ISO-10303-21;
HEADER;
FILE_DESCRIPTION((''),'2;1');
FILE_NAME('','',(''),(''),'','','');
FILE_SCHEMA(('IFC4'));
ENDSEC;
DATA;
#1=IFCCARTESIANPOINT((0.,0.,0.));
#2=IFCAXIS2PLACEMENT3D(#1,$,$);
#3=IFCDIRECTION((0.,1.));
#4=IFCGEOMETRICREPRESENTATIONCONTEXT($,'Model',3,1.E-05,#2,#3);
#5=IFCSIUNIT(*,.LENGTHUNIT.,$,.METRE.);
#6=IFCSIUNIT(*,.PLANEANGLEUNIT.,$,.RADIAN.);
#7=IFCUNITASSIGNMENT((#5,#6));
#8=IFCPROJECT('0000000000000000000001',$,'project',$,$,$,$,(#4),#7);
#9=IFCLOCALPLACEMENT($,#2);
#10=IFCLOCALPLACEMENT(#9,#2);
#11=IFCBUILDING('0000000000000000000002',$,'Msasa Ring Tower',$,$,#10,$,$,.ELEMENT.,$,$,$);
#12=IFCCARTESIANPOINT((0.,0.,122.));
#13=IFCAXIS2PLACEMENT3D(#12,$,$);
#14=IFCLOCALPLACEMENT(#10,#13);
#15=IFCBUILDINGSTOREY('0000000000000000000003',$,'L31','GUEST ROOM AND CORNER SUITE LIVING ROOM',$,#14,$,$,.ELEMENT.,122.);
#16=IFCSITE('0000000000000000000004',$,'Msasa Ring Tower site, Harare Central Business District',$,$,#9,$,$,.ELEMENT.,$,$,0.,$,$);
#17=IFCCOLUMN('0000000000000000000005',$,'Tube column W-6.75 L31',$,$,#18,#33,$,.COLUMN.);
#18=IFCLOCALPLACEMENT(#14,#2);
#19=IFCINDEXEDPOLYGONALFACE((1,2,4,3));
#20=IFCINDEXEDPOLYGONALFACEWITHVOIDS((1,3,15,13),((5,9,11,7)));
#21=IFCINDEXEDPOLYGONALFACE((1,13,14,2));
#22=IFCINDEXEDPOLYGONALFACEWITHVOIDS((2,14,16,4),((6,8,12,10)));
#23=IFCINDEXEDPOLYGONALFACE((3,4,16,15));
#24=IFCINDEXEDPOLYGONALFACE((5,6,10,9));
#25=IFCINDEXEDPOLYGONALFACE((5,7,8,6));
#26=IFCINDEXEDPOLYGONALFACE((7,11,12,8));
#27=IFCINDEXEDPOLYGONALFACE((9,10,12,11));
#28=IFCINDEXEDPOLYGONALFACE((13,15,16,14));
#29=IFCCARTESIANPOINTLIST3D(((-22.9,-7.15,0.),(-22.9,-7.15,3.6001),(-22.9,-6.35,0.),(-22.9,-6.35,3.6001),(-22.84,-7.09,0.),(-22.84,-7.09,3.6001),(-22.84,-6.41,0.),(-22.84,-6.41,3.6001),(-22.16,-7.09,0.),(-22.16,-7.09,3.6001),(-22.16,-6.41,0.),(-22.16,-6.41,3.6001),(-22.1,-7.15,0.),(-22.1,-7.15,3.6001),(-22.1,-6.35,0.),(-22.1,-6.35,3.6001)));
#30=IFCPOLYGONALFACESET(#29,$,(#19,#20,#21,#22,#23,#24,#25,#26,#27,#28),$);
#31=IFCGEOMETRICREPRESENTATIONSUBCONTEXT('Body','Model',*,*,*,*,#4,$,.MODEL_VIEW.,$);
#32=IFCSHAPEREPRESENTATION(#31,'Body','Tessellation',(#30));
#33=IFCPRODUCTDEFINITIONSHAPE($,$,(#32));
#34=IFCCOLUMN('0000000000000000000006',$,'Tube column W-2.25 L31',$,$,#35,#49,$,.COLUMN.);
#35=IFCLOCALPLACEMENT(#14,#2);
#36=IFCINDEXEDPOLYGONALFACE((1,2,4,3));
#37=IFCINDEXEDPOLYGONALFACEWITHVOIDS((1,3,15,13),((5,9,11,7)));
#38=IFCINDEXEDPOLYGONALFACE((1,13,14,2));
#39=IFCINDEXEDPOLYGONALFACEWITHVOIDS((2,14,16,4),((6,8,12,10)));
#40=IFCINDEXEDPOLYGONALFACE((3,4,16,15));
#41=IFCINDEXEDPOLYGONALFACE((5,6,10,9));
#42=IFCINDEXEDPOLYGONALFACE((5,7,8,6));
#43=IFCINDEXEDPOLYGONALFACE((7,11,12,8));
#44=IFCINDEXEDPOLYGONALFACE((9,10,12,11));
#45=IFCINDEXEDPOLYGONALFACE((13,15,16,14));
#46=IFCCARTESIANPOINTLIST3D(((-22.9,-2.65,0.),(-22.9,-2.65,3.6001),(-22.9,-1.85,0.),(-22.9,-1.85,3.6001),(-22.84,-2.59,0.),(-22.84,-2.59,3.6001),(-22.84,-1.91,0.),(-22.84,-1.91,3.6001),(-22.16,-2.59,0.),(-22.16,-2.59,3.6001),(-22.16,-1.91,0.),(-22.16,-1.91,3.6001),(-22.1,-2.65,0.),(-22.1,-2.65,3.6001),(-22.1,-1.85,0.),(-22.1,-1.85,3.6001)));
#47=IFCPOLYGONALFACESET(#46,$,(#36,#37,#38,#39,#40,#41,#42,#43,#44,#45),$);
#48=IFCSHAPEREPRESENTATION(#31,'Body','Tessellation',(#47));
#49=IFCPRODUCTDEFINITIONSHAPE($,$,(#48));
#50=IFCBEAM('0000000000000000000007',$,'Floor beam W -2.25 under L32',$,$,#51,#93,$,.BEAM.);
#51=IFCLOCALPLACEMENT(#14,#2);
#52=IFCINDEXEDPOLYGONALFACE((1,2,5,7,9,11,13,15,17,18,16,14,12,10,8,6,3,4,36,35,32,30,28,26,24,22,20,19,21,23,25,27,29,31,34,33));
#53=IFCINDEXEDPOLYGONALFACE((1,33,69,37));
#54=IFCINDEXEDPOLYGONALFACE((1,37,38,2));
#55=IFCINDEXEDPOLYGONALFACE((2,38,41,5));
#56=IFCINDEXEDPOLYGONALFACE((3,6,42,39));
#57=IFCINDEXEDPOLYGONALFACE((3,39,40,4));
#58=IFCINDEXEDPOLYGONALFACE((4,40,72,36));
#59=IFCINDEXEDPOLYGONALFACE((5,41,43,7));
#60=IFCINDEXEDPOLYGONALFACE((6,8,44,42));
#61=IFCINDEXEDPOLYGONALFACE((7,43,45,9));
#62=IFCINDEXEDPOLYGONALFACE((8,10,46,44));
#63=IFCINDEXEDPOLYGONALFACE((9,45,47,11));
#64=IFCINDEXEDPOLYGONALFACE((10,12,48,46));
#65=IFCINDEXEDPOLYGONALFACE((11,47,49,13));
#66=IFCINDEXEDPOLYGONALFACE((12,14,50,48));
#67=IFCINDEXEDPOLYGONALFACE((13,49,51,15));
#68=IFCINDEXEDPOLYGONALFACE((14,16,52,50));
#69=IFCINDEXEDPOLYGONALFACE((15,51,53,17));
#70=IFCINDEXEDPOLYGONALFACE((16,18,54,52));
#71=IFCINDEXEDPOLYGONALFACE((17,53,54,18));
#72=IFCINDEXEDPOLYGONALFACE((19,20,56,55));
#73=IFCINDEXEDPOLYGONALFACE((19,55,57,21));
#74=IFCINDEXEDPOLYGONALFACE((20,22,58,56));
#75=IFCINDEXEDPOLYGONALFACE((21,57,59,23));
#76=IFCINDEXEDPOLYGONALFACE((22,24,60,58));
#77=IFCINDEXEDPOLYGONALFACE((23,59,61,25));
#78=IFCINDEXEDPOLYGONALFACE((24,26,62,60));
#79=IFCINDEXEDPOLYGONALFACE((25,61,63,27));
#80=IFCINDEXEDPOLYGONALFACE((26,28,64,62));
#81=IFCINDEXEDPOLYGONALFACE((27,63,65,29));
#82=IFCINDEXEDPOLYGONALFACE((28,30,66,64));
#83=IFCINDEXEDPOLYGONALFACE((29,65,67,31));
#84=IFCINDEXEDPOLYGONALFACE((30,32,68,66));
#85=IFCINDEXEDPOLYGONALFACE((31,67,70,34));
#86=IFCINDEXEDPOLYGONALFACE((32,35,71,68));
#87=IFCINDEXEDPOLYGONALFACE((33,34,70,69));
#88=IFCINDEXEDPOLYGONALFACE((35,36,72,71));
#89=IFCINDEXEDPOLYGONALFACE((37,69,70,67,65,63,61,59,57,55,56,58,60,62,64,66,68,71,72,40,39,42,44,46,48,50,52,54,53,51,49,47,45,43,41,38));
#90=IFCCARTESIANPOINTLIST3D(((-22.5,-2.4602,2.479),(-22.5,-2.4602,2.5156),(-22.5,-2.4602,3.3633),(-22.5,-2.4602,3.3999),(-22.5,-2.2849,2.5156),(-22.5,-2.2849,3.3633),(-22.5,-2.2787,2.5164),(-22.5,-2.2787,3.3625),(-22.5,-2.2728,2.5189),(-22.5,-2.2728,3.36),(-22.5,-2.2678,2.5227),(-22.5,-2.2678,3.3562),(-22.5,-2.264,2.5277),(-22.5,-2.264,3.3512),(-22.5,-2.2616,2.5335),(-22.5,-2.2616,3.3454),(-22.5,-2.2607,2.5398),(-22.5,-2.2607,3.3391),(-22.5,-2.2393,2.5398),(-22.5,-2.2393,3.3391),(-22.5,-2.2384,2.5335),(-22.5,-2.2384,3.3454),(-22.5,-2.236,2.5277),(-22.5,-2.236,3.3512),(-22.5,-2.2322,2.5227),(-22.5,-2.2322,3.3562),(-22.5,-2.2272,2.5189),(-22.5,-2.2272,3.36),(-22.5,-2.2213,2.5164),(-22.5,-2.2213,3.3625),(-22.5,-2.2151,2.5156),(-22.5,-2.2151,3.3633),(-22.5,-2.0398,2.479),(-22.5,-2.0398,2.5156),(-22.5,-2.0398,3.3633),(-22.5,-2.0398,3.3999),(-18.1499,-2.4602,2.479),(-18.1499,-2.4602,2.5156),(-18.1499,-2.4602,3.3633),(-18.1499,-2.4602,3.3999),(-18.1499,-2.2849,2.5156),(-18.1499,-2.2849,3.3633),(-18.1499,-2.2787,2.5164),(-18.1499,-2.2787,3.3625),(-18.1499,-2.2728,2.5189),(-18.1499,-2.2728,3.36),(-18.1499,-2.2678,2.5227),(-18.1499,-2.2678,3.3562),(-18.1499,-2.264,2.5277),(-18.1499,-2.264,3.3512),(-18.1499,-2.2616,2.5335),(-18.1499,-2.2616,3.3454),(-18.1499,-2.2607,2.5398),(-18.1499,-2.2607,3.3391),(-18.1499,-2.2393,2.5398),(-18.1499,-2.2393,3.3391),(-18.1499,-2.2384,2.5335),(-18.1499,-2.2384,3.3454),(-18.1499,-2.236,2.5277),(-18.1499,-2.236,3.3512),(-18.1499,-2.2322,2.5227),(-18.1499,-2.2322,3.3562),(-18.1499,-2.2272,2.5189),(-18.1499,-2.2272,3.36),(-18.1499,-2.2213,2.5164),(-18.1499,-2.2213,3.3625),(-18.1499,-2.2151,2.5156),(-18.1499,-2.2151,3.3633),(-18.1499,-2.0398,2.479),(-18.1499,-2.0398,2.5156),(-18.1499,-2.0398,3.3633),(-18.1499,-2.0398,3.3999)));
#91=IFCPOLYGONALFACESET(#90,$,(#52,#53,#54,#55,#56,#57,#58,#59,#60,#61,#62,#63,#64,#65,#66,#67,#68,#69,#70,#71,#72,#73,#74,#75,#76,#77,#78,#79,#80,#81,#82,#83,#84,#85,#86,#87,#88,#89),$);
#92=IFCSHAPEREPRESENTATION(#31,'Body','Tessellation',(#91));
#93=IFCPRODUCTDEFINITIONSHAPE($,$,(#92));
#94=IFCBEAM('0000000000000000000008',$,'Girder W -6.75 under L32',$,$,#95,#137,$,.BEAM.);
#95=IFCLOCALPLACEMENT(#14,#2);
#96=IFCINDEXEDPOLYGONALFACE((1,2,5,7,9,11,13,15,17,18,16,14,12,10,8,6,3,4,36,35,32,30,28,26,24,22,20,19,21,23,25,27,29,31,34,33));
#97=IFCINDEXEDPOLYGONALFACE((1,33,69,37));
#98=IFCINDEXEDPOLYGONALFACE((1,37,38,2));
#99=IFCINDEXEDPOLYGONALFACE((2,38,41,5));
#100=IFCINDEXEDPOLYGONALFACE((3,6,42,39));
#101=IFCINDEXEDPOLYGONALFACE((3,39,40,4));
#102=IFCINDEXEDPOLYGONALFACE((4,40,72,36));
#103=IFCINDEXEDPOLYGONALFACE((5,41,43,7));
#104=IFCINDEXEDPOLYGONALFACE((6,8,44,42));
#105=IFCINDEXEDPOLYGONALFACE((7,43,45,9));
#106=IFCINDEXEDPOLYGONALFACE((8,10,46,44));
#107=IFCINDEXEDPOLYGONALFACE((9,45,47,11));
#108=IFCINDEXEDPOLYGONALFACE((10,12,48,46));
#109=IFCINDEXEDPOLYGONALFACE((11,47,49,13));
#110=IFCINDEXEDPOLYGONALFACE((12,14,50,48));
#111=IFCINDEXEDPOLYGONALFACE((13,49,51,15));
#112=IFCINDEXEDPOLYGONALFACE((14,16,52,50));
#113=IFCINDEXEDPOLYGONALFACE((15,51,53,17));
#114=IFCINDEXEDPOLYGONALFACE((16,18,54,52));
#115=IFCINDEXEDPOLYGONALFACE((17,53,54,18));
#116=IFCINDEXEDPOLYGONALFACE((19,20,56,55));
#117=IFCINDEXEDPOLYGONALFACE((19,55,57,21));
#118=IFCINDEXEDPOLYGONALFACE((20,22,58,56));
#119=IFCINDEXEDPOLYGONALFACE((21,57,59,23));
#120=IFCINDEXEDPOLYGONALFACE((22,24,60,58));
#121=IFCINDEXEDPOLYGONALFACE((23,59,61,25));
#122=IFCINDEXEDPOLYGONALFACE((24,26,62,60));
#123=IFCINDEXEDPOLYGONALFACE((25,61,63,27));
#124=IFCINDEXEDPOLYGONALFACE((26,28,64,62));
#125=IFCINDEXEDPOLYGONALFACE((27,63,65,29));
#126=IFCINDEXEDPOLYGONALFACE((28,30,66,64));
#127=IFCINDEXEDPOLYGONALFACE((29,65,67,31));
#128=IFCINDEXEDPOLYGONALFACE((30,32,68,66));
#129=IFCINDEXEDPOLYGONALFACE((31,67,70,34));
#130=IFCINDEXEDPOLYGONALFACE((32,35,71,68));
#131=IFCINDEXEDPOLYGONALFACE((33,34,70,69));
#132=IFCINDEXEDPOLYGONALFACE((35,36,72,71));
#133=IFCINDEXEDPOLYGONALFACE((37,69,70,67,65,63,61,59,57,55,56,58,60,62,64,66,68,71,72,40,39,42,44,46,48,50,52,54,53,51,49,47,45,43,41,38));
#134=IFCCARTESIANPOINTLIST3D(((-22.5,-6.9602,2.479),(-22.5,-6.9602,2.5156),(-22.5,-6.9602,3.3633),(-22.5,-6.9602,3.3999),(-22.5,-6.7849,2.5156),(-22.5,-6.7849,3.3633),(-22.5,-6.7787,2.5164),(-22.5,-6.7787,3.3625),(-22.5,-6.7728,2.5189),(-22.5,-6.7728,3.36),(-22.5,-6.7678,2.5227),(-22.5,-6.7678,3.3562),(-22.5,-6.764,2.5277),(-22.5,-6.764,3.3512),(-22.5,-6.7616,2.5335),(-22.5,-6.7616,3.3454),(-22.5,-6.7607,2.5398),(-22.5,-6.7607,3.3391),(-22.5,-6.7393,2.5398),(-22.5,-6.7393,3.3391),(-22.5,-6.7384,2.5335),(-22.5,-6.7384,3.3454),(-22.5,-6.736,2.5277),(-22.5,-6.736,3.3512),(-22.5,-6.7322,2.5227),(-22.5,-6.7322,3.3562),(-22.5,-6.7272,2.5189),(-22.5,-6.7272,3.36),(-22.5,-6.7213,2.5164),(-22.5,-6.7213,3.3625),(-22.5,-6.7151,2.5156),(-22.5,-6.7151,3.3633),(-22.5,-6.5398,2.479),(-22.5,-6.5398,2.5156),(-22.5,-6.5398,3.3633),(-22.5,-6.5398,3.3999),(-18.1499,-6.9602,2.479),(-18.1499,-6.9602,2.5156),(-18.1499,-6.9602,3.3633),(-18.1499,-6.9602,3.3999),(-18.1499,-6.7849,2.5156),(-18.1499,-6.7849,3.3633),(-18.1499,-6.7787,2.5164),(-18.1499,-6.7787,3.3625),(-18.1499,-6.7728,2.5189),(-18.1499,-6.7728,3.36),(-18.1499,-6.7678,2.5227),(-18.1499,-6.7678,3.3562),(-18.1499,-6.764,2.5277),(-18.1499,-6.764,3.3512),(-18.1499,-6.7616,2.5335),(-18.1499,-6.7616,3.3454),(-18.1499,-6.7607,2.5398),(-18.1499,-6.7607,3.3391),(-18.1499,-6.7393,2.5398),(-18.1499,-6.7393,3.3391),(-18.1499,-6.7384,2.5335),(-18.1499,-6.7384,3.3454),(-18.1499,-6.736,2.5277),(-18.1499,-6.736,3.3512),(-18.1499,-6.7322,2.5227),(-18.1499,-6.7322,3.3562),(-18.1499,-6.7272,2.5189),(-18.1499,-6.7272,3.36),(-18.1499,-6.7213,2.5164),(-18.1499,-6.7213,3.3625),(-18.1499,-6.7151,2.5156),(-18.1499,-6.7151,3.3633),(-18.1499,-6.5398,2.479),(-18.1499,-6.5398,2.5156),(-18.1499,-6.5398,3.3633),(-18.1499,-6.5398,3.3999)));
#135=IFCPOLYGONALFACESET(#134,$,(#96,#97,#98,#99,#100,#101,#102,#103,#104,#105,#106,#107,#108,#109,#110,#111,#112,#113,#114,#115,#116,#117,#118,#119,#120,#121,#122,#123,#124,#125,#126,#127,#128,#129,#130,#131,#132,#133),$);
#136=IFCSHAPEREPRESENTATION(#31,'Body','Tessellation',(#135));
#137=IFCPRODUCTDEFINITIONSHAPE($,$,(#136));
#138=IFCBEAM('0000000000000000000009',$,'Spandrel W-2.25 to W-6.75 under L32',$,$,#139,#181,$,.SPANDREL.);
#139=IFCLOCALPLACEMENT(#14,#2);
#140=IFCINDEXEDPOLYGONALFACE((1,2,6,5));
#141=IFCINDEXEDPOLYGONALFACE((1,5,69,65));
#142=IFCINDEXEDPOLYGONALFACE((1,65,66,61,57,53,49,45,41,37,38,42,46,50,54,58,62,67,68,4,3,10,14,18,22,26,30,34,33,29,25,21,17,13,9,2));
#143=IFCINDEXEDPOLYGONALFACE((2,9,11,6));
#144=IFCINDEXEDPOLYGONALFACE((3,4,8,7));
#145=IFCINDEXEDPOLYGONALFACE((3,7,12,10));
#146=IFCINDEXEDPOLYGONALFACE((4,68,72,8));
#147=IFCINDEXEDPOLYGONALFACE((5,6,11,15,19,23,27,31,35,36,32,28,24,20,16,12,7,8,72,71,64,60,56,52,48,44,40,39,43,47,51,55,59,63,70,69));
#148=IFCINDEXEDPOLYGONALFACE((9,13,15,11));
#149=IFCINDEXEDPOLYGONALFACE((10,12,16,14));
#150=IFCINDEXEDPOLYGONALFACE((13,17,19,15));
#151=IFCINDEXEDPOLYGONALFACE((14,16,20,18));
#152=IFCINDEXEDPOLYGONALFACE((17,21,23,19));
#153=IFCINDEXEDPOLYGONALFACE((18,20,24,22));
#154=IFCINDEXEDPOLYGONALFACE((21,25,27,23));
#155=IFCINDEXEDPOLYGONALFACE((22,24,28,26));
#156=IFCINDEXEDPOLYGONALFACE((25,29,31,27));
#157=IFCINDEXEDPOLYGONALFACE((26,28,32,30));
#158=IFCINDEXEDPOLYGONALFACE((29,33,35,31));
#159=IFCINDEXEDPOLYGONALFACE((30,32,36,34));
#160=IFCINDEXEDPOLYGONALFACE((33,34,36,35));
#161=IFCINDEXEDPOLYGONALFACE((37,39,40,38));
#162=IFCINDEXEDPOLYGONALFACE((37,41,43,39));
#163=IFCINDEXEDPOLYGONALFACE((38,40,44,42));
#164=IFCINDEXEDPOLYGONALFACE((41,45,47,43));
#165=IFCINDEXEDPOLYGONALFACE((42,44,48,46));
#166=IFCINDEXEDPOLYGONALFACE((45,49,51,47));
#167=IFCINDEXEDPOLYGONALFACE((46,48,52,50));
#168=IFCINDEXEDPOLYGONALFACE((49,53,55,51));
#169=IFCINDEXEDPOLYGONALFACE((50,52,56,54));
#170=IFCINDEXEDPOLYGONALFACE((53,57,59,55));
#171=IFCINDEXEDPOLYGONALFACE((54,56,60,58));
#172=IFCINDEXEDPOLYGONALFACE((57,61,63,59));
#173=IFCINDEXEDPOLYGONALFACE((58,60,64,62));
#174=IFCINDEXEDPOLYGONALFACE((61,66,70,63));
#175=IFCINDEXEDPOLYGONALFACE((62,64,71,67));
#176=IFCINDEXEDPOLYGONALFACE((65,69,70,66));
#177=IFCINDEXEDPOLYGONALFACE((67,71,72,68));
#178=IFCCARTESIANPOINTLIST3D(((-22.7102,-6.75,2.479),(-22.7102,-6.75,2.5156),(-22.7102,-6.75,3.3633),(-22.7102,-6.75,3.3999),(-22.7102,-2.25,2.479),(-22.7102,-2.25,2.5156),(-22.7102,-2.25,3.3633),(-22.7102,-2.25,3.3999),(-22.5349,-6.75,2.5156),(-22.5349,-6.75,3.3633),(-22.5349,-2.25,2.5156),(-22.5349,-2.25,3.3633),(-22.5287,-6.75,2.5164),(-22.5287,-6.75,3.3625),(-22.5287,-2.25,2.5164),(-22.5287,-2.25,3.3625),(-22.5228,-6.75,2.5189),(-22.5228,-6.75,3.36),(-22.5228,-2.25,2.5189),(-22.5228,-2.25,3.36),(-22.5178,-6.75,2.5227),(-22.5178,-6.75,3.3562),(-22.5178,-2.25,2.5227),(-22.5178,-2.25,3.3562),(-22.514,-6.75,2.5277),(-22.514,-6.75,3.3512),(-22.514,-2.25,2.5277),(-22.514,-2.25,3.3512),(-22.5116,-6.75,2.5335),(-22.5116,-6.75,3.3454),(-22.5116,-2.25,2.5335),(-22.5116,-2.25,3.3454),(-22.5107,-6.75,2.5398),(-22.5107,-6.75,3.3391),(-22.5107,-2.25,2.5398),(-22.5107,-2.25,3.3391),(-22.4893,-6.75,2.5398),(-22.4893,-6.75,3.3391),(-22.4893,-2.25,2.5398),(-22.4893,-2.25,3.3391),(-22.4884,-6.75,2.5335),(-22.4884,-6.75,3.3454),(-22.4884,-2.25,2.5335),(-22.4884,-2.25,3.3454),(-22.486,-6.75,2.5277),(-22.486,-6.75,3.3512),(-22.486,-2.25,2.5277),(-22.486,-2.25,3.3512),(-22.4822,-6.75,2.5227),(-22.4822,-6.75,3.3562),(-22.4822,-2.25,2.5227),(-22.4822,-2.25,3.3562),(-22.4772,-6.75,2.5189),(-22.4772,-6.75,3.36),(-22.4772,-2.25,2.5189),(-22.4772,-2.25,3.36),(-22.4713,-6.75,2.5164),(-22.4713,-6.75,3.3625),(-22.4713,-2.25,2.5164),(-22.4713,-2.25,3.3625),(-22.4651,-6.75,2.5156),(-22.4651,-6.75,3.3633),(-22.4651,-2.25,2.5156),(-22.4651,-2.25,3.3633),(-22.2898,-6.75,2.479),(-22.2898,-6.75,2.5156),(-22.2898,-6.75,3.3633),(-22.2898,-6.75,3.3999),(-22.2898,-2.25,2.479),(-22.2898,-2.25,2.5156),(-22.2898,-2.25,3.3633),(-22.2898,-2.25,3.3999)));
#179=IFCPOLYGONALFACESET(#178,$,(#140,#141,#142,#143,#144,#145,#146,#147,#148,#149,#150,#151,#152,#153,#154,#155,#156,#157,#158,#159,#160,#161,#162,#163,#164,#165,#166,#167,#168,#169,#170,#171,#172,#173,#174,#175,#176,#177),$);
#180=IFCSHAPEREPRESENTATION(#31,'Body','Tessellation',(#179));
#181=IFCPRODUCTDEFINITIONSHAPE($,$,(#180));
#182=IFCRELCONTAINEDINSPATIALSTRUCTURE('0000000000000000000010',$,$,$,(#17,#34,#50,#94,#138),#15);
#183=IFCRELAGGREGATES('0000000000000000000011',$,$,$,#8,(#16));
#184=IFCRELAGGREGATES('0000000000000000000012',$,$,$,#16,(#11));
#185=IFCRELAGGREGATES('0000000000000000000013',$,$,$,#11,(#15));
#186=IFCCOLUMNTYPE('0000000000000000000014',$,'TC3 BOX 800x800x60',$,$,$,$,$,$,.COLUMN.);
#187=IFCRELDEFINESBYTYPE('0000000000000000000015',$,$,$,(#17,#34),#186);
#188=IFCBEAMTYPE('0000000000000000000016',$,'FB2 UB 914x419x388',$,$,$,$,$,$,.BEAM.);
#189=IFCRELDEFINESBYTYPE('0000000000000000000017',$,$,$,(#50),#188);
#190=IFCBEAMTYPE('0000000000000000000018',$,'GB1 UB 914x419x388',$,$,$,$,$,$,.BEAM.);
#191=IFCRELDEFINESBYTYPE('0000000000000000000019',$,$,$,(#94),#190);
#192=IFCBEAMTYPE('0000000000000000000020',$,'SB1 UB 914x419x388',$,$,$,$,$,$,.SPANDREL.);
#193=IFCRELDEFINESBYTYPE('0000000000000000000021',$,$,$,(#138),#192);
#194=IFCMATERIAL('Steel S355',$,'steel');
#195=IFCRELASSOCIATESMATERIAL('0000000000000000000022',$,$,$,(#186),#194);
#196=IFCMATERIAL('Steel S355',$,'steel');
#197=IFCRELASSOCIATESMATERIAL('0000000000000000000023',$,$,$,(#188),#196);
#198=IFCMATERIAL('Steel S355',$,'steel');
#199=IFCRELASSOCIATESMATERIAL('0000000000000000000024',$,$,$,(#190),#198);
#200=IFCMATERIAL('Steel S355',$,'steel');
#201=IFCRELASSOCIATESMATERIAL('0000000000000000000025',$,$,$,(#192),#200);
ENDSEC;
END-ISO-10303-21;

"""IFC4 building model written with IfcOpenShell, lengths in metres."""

from ifc_helpers import new_model, si_unit, direction, frame, origin, origin_2d, place, context, subcontext, project, spatial, hollow_rectangle, i_section, extrude, material, material_profile, profile_set, type_object, element, save


model = new_model("IFC4")

# Units and contexts
model_context = context("Model", 3, precision=1e-05, world=origin(), true_north=direction((0.0, 1.0)))
body_context = subcontext(model_context, "Body", "Model", "MODEL_VIEW")
ifc_project = project(units=[si_unit("LENGTHUNIT", "METRE"), si_unit("PLANEANGLEUNIT", "RADIAN")], contexts=[model_context])

# Site, building, storey
site_placement = place(None, origin())
site = spatial("IfcSite", under=ifc_project, at=site_placement, Name="Msasa Ring Tower site, Harare Central Business District", CompositionType="ELEMENT", RefElevation=0.0)
building_placement = place(site_placement, origin())
building = spatial("IfcBuilding", under=site, at=building_placement, Name="Msasa Ring Tower", CompositionType="ELEMENT")
storey_placement = place(building_placement, frame((0.0, 0.0, 122.0)))
storey = spatial("IfcBuildingStorey", under=building, at=storey_placement, Name="L31", Description="GUEST ROOM AND CORNER SUITE LIVING ROOM", CompositionType="ELEMENT", Elevation=122.0)

# Columns
ifc_material_1 = material(Name="Steel S355", Category="steel")
ifc_material_profile_1 = material_profile(ifc_material_1, hollow_rectangle(XDim=0.8, YDim=0.8, WallThickness=0.0601, at=origin_2d()), Name="BOX 800x800x60")
ifc_profile_set_1 = profile_set([ifc_material_profile_1], Name="Steel S355")
column_type = type_object("IfcColumnType", Name="TC3 BOX 800x800x60", PredefinedType="COLUMN", material=ifc_profile_set_1)
for number, where, z_axis, x_axis, name in (
    (1, (-22.5, -6.75, 0.0), (0.0, 0.0, 1.0), (1.0, 0.0, 0.0), "Tube column W-6.75 L31"),
    (2, (-22.5, -2.25, 0.0), (0.0, 0.0, 1.0), (1.0, 0.0, 0.0), "Tube column W-2.25 L31"),
):
    element("IfcColumn", number, at=place(storey_placement, frame(where, z_axis=z_axis, x_axis=x_axis)), inside=storey, type_object=column_type, Name=name, PredefinedType="COLUMN", context=body_context, shape_type="SweptSolid", body=[
        extrude(hollow_rectangle(XDim=0.8, YDim=0.8, WallThickness=0.0601, at=origin_2d()), origin(), (0.0, 0.0, 1.0), 3.6001),
    ])

# Beams
ifc_material_2 = material(Name="Steel S355", Category="steel")
ifc_material_profile_2 = material_profile(ifc_material_2, i_section(OverallWidth=0.4204, OverallDepth=0.9209, WebThickness=0.0215, FlangeThickness=0.0366, FilletRadius=0.0242, at=origin_2d()), Name="UB 914x419x388")
ifc_profile_set_2 = profile_set([ifc_material_profile_2], Name="Steel S355")
beam_type_1 = type_object("IfcBeamType", Name="FB2 UB 914x419x388", PredefinedType="BEAM", material=ifc_profile_set_2)
beam_1_placement = place(storey_placement, frame((-22.5, -2.25, 2.9395), z_axis=(1.0, 0.0, 0.0), x_axis=(0.0, 1.0, 0.0)))
element("IfcBeam", 3, at=beam_1_placement, inside=storey, type_object=beam_type_1, Name="Floor beam W -2.25 under L32", PredefinedType="BEAM", context=body_context, shape_type="SweptSolid", body=[
    extrude(i_section(OverallWidth=0.4204, OverallDepth=0.9209, WebThickness=0.0215, FlangeThickness=0.0366, FilletRadius=0.0242, at=origin_2d()), origin(), (0.0, 0.0, 1.0), 4.3501),
])
ifc_material_3 = material(Name="Steel S355", Category="steel")
ifc_material_profile_3 = material_profile(ifc_material_3, i_section(OverallWidth=0.4204, OverallDepth=0.9209, WebThickness=0.0215, FlangeThickness=0.0366, FilletRadius=0.0242, at=origin_2d()), Name="UB 914x419x388")
ifc_profile_set_3 = profile_set([ifc_material_profile_3], Name="Steel S355")
beam_type_2 = type_object("IfcBeamType", Name="GB1 UB 914x419x388", PredefinedType="BEAM", material=ifc_profile_set_3)
beam_2_placement = place(storey_placement, frame((-18.1499, -6.75, 2.9395), z_axis=(-1.0, 0.0, 0.0), x_axis=(0.0, -1.0, 0.0)))
element("IfcBeam", 4, at=beam_2_placement, inside=storey, type_object=beam_type_2, Name="Girder W -6.75 under L32", PredefinedType="BEAM", context=body_context, shape_type="SweptSolid", body=[
    extrude(i_section(OverallWidth=0.4204, OverallDepth=0.9209, WebThickness=0.0215, FlangeThickness=0.0366, FilletRadius=0.0242, at=origin_2d()), origin(), (0.0, 0.0, 1.0), 4.3501),
])
ifc_material_4 = material(Name="Steel S355", Category="steel")
ifc_material_profile_4 = material_profile(ifc_material_4, i_section(OverallWidth=0.4204, OverallDepth=0.9209, WebThickness=0.0215, FlangeThickness=0.0366, FilletRadius=0.0242, at=origin_2d()), Name="UB 914x419x388")
ifc_profile_set_4 = profile_set([ifc_material_profile_4], Name="Steel S355")
beam_type_3 = type_object("IfcBeamType", Name="SB1 UB 914x419x388", PredefinedType="SPANDREL", material=ifc_profile_set_4)
for number, where, z_axis, x_axis, name in (
    (5, (-22.5, -2.25, 2.9395), (0.0, -1.0, 0.0), (1.0, 0.0, 0.0), "Spandrel W-2.25 to W-6.75 under L32"),
):
    element("IfcBeam", number, at=place(storey_placement, frame(where, z_axis=z_axis, x_axis=x_axis)), inside=storey, type_object=beam_type_3, Name=name, PredefinedType="SPANDREL", context=body_context, shape_type="SweptSolid", body=[
        extrude(i_section(OverallWidth=0.4204, OverallDepth=0.9209, WebThickness=0.0215, FlangeThickness=0.0366, FilletRadius=0.0242, at=origin_2d()), origin(), (0.0, 0.0, 1.0), 4.5),
    ])

save(model, "model.ifc")
